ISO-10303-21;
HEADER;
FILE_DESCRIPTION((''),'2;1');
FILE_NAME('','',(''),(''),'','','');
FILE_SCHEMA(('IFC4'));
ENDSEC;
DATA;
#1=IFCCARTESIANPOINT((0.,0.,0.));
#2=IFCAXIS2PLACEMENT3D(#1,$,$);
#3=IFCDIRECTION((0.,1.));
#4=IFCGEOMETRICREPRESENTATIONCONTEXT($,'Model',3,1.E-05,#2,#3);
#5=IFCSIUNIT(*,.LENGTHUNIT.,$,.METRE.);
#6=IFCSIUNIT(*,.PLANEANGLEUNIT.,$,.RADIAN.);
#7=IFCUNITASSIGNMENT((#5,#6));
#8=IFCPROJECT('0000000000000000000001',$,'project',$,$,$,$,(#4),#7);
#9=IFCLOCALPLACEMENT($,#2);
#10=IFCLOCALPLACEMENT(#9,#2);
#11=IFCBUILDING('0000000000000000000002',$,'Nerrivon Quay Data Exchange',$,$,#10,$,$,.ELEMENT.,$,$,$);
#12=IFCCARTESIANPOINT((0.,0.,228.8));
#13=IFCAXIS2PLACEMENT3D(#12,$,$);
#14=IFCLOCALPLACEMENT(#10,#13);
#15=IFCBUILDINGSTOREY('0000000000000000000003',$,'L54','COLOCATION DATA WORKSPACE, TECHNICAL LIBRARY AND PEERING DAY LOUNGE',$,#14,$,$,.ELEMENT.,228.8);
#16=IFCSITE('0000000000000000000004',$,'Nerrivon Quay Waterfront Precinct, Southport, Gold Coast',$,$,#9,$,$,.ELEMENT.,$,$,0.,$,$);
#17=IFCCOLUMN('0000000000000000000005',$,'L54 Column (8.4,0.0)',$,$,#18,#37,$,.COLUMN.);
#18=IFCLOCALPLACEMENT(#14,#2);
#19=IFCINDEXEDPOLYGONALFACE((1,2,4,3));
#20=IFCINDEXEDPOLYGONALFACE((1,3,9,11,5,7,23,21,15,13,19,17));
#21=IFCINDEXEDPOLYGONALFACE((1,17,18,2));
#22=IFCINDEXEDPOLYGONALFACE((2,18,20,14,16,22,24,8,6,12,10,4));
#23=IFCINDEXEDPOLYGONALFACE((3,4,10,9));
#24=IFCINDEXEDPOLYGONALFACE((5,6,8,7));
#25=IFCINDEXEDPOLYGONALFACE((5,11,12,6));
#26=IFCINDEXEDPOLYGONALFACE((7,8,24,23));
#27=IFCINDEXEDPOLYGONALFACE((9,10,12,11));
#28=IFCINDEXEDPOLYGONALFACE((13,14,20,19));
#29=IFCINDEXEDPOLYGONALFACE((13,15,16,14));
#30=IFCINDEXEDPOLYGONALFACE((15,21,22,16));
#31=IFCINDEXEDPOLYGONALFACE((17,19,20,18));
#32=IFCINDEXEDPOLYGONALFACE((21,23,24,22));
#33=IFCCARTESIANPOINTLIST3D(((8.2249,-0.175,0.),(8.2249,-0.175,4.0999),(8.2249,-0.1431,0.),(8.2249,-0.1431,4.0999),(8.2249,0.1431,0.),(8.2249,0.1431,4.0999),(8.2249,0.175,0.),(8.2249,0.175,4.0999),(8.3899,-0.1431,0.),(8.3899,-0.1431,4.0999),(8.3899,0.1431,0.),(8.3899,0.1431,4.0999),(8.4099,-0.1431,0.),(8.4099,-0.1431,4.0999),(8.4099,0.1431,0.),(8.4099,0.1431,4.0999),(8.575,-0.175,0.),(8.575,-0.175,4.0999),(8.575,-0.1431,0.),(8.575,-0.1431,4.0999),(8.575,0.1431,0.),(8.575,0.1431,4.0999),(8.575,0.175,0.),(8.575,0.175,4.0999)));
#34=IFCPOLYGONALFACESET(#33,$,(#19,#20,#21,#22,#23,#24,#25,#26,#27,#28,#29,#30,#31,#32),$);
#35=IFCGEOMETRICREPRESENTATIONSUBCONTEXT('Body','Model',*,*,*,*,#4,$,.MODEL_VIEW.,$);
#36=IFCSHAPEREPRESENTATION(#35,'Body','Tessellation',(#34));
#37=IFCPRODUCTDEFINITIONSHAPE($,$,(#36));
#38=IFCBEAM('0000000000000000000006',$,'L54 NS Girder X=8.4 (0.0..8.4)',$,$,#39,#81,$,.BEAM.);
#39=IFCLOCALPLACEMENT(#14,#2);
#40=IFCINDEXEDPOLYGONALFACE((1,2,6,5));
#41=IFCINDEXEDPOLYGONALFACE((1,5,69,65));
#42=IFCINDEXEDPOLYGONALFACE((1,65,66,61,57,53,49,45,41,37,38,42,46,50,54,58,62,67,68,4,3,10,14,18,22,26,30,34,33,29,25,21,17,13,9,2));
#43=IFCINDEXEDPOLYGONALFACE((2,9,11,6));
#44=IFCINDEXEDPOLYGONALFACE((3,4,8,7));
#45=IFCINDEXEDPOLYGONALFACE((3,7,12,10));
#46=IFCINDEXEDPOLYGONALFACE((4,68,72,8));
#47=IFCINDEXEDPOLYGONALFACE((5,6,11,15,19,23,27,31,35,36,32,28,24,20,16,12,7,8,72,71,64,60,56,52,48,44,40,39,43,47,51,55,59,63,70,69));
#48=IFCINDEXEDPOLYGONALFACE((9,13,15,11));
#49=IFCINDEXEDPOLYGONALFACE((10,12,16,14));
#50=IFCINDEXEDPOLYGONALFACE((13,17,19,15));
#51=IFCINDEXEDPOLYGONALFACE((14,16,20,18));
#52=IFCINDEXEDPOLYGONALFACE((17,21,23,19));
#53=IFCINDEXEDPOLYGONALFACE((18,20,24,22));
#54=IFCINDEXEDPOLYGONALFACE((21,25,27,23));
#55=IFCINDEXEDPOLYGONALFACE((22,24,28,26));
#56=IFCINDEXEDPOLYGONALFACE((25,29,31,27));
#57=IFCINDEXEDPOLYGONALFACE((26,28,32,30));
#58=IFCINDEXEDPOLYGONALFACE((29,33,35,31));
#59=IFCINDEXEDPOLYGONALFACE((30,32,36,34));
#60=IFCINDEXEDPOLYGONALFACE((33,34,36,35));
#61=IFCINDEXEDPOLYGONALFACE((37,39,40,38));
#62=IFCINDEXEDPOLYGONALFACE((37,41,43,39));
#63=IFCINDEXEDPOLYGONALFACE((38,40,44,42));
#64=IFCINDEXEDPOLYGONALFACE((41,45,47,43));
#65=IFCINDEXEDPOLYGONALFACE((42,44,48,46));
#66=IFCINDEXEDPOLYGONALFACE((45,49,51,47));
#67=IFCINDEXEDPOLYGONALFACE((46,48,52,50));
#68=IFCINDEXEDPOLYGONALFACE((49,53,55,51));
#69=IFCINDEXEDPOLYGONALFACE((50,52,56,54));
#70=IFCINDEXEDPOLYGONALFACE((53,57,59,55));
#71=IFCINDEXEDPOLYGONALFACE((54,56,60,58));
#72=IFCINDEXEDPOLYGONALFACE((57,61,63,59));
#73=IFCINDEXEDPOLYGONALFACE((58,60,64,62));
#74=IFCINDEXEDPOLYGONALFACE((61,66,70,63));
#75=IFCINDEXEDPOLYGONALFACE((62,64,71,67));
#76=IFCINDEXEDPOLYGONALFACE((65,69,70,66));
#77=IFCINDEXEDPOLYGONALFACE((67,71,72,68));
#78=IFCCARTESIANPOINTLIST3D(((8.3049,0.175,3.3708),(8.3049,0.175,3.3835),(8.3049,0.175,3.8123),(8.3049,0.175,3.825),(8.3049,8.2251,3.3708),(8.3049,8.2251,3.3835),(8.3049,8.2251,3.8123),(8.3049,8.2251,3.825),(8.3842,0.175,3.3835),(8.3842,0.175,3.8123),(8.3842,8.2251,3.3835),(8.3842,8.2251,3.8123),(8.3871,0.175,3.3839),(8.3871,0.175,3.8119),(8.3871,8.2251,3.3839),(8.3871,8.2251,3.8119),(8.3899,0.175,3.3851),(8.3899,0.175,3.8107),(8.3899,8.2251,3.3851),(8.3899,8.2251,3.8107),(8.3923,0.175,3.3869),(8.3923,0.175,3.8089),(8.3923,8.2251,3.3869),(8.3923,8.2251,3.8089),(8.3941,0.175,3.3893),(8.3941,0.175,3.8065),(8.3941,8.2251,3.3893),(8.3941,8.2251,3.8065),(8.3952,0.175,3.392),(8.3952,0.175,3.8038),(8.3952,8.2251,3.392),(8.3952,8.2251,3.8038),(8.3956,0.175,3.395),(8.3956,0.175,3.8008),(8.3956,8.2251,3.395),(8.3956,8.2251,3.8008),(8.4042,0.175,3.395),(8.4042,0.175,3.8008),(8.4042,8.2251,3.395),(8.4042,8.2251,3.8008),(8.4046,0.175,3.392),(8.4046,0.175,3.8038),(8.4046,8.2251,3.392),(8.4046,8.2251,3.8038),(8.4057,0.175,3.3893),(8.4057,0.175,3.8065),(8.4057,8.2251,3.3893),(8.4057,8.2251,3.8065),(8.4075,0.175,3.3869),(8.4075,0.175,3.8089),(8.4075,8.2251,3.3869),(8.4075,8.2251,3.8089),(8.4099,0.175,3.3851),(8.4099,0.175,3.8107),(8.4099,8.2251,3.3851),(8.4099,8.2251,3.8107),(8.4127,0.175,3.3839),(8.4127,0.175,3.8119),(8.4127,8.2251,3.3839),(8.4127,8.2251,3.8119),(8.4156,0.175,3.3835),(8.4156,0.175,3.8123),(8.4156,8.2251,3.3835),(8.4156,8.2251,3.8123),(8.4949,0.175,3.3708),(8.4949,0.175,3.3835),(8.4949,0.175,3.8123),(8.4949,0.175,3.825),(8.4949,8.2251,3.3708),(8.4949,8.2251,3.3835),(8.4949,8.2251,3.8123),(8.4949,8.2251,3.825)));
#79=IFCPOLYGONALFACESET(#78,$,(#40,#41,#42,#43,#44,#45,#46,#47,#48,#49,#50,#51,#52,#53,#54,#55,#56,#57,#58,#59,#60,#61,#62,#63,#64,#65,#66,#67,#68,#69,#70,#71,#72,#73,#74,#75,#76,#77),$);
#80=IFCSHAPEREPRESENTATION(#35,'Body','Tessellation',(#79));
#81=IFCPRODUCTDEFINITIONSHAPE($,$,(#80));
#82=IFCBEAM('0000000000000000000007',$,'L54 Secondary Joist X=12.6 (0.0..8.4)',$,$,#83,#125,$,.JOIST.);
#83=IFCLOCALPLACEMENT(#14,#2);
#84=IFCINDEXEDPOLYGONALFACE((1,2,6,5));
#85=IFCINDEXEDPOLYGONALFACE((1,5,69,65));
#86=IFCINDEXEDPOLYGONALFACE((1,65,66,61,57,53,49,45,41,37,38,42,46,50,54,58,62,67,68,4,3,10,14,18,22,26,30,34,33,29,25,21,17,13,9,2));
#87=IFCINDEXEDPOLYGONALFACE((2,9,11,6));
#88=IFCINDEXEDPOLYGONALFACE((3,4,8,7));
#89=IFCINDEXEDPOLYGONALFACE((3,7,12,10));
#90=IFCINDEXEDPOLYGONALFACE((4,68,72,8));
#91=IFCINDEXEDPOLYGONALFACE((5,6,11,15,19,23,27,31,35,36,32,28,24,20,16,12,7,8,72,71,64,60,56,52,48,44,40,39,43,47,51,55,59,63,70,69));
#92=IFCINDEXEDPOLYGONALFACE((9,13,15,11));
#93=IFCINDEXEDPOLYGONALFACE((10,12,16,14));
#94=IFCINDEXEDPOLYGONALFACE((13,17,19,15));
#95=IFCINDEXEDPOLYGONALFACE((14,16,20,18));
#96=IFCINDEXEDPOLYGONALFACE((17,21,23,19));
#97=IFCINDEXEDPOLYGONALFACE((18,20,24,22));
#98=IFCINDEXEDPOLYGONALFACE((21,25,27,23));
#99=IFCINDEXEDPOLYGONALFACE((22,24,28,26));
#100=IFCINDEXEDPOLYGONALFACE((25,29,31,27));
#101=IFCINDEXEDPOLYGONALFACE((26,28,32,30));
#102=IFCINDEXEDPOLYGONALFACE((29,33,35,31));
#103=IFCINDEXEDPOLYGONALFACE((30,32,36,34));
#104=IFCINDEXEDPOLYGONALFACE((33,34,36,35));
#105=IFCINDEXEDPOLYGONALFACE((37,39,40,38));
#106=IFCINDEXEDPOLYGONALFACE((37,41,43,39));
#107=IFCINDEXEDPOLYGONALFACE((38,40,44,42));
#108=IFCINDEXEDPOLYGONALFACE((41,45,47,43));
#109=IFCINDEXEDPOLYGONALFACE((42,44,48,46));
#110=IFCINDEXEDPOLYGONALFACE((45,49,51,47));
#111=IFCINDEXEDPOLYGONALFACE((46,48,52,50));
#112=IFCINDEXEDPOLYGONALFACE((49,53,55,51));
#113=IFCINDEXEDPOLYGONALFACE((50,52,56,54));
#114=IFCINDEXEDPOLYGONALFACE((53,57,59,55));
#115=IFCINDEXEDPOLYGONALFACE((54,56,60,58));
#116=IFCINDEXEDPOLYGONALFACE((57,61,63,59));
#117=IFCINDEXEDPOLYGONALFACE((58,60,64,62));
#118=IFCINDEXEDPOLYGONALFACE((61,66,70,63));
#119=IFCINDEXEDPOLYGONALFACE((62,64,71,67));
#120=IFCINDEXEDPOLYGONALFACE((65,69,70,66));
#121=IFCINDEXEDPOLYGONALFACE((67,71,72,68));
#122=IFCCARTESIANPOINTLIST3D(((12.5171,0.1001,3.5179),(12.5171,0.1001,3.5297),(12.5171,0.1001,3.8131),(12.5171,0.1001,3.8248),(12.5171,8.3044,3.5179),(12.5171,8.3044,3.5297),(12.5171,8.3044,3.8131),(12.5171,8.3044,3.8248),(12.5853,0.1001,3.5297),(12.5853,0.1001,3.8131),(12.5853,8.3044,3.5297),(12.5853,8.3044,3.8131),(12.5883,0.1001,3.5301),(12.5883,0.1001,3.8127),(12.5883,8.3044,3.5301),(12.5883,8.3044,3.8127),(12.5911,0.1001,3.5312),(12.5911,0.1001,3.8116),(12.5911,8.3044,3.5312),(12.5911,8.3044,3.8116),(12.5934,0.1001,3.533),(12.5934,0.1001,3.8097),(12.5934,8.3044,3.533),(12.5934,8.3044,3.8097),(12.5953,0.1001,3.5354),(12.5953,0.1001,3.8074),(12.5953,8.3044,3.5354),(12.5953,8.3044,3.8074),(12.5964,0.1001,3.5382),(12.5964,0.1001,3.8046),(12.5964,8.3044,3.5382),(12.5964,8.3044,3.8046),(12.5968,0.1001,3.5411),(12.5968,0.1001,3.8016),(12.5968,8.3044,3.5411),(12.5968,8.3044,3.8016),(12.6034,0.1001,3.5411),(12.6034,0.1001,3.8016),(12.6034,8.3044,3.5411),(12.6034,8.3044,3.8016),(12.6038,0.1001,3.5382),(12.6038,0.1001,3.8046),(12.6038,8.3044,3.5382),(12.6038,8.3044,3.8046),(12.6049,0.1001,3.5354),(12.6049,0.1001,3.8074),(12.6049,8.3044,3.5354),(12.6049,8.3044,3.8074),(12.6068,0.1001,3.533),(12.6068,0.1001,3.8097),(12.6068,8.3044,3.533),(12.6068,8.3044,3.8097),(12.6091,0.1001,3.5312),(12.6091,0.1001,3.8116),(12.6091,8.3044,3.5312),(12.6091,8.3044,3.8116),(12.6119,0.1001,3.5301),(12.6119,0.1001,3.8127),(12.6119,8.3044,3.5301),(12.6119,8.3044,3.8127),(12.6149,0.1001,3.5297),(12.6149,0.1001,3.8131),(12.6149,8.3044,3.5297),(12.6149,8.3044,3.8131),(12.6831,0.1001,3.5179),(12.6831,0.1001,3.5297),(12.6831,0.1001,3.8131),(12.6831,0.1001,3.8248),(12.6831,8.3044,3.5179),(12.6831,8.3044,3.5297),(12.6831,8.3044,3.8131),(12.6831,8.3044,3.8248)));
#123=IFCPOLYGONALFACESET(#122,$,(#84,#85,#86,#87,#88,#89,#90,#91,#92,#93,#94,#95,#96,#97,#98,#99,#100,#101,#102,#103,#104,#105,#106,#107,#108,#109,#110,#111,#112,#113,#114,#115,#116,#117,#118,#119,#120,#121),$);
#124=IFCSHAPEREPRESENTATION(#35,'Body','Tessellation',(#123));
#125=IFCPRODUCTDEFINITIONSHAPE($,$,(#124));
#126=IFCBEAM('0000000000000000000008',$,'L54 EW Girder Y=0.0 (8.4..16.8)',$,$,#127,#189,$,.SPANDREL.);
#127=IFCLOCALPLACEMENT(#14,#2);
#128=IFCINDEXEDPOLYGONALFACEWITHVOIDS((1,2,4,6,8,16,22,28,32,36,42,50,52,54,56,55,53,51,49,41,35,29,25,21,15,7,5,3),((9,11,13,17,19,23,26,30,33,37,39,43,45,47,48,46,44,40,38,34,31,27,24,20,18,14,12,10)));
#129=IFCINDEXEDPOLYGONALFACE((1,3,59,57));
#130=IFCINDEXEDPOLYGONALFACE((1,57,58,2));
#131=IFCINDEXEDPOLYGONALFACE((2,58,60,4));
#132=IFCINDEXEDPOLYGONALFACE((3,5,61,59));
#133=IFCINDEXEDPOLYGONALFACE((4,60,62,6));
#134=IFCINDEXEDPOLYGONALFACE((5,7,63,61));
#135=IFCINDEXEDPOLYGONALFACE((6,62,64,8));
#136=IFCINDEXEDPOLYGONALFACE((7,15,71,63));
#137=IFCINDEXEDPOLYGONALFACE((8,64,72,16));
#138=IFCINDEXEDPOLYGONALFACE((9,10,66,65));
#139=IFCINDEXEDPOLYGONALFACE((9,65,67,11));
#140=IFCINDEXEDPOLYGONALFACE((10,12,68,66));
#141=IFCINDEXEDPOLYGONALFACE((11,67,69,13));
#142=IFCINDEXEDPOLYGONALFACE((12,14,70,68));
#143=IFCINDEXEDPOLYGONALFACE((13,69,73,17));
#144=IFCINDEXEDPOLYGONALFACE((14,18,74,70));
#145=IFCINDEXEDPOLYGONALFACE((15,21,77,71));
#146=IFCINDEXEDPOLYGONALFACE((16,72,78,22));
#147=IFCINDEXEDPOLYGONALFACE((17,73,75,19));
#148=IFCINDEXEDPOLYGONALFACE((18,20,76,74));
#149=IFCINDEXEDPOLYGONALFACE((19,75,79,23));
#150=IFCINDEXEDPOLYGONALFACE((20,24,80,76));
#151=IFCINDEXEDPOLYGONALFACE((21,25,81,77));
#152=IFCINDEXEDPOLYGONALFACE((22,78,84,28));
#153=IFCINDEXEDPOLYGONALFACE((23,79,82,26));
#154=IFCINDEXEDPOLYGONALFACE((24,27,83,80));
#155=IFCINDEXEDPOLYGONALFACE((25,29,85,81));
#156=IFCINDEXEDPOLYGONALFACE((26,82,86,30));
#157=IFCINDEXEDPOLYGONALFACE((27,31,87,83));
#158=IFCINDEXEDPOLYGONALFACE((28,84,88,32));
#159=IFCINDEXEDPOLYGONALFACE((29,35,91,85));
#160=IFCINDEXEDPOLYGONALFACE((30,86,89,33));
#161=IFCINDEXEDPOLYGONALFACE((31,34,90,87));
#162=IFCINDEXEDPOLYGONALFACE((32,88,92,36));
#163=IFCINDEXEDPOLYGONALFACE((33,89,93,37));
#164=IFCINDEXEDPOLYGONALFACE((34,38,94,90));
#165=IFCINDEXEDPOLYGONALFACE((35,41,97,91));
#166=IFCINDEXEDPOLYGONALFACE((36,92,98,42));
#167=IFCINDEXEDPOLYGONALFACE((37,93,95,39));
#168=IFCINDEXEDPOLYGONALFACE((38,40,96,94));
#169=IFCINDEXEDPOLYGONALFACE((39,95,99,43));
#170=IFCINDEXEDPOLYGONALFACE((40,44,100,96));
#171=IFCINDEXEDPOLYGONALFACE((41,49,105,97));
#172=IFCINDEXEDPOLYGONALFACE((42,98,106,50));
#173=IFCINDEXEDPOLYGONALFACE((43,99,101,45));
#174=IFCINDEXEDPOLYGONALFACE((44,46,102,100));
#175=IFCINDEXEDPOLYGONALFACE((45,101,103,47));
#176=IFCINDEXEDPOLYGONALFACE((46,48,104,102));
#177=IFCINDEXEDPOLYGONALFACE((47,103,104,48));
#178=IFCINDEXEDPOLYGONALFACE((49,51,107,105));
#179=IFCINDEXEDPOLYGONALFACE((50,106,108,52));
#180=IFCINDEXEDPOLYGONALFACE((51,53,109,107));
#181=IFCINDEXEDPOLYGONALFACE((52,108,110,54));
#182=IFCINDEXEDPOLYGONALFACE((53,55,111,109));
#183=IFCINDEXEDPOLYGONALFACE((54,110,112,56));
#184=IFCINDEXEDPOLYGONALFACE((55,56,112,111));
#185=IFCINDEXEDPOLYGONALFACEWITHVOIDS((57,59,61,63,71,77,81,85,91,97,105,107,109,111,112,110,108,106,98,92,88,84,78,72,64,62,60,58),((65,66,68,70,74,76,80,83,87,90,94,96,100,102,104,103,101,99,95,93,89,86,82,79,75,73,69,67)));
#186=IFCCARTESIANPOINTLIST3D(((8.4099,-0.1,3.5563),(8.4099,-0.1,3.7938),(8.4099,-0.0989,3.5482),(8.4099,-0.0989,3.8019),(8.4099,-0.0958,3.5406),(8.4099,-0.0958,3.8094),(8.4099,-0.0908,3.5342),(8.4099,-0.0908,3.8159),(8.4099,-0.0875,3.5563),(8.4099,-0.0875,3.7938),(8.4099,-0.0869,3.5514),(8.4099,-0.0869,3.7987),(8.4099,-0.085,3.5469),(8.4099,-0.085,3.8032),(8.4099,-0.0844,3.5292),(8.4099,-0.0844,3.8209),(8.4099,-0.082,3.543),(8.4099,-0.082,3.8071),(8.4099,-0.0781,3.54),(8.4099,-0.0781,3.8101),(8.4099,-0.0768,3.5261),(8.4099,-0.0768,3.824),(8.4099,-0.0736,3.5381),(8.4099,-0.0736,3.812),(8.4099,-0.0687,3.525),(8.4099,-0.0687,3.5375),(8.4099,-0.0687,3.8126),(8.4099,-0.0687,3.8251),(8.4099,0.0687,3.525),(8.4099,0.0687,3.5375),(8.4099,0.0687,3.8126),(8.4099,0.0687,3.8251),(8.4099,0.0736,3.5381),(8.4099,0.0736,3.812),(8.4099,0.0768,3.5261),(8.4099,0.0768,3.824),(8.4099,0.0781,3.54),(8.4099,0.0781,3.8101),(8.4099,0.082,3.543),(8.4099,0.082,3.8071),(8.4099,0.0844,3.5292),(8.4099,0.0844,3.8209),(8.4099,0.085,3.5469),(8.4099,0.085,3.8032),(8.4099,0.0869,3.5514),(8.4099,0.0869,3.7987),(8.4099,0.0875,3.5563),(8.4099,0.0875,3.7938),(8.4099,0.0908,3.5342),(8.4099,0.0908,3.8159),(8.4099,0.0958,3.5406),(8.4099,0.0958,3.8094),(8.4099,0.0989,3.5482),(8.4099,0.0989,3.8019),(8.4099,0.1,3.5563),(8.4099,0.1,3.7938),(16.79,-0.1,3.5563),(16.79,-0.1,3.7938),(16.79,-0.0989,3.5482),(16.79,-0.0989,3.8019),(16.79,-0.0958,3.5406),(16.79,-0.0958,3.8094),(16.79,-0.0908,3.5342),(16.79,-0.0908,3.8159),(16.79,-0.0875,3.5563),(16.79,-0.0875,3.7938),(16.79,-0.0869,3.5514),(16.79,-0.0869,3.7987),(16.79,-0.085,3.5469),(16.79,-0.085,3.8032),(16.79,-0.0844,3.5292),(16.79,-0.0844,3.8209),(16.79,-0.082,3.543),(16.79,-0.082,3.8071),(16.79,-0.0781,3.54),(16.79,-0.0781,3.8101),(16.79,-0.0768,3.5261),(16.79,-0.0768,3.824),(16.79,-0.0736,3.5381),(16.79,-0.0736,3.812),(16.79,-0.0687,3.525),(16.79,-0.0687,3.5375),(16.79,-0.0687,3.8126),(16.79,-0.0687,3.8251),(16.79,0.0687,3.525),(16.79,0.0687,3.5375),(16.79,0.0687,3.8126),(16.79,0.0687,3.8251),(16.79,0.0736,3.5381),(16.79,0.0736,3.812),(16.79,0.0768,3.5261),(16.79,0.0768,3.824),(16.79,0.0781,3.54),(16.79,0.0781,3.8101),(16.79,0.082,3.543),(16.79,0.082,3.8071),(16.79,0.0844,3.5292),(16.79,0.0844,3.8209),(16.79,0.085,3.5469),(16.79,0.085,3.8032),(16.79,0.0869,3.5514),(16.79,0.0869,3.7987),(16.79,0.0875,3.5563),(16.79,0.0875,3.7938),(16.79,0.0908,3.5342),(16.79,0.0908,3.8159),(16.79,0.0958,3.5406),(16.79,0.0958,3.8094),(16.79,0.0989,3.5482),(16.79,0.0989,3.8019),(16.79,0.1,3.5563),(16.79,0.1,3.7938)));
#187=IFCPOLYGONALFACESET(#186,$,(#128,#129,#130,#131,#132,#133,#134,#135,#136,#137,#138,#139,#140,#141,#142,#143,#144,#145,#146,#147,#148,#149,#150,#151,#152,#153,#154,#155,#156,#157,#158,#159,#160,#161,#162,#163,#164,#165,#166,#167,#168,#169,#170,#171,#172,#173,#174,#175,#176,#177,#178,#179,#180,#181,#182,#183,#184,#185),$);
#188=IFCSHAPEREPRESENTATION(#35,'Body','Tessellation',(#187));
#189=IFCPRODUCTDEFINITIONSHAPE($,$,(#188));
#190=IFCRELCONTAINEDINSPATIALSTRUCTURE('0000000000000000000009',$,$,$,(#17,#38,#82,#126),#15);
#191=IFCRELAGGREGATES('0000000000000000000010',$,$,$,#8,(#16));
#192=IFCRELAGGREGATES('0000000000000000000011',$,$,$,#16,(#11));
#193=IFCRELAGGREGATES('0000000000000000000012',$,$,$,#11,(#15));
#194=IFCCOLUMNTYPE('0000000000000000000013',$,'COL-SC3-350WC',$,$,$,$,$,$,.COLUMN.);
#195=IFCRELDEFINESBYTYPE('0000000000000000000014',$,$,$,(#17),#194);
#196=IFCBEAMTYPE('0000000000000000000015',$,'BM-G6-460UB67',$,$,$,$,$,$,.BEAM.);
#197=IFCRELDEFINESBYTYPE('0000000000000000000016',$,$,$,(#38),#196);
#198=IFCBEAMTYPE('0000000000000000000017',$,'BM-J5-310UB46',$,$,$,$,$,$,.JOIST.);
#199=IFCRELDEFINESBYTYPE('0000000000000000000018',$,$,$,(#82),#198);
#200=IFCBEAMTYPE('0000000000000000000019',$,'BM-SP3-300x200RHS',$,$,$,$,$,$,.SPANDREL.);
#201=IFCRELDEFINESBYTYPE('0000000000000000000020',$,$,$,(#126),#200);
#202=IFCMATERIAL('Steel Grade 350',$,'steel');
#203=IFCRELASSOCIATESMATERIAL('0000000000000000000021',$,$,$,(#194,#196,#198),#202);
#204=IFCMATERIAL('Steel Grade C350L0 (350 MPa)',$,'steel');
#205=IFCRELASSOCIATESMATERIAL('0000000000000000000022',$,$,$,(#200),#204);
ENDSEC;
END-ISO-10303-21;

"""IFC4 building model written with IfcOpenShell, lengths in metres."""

from ifc_helpers import new_model, si_unit, direction, frame, origin, origin_2d, place, context, subcontext, project, spatial, hollow_rectangle, i_section, extrude, material, material_profile, profile_set, type_object, element, save


model = new_model("IFC4")

# Units and contexts
model_context = context("Model", 3, precision=1e-05, world=origin(), true_north=direction((0.0, 1.0)))
body_context = subcontext(model_context, "Body", "Model", "MODEL_VIEW")
ifc_project = project(units=[si_unit("LENGTHUNIT", "METRE"), si_unit("PLANEANGLEUNIT", "RADIAN")], contexts=[model_context])

# Site, building, storey
site_placement = place(None, origin())
site = spatial("IfcSite", under=ifc_project, at=site_placement, Name="Nerrivon Quay Waterfront Precinct, Southport, Gold Coast", CompositionType="ELEMENT", RefElevation=0.0)
building_placement = place(site_placement, origin())
building = spatial("IfcBuilding", under=site, at=building_placement, Name="Nerrivon Quay Data Exchange", CompositionType="ELEMENT")
storey_placement = place(building_placement, frame((0.0, 0.0, 228.8)))
storey = spatial("IfcBuildingStorey", under=building, at=storey_placement, Name="L54", Description="COLOCATION DATA WORKSPACE, TECHNICAL LIBRARY AND PEERING DAY LOUNGE", CompositionType="ELEMENT", Elevation=228.8)

# Column
ifc_material_1 = material(Name="Steel Grade 350", Category="steel")
ifc_material_profile_1 = material_profile(ifc_material_1, i_section(OverallWidth=0.3501, OverallDepth=0.3501, WebThickness=0.02, FlangeThickness=0.032, at=origin_2d()), Name="350WC230")
ifc_profile_set_1 = profile_set([ifc_material_profile_1], Name="Steel Grade 350")
column_type = type_object("IfcColumnType", Name="COL-SC3-350WC", PredefinedType="COLUMN", material=ifc_profile_set_1)
column_placement = place(storey_placement, frame((8.3999, 0.0, 0.0), z_axis=(0.0, 0.0, 1.0), x_axis=(1.0, 0.0, 0.0)))
element("IfcColumn", 1, at=column_placement, inside=storey, type_object=column_type, Name="L54 Column (8.4,0.0)", PredefinedType="COLUMN", context=body_context, shape_type="SweptSolid", body=[
    extrude(i_section(OverallWidth=0.3501, OverallDepth=0.3501, WebThickness=0.02, FlangeThickness=0.032, at=origin_2d()), origin(), (0.0, 0.0, 1.0), 4.0999),
])

# Beams
ifc_material_profile_2 = material_profile(ifc_material_1, i_section(OverallWidth=0.1899, OverallDepth=0.4541, WebThickness=0.0085, FlangeThickness=0.0127, FilletRadius=0.0115, at=origin_2d()), Name="460UB67.1")
ifc_profile_set_2 = profile_set([ifc_material_profile_2], Name="Steel Grade 350")
beam_type_1 = type_object("IfcBeamType", Name="BM-G6-460UB67", PredefinedType="BEAM", material=ifc_profile_set_2)
beam_1_placement = place(storey_placement, frame((8.3999, 0.175, 3.5979), z_axis=(0.0, 1.0, 0.0), x_axis=(-1.0, 0.0, 0.0)))
element("IfcBeam", 2, at=beam_1_placement, inside=storey, type_object=beam_type_1, Name="L54 NS Girder X=8.4 (0.0..8.4)", PredefinedType="BEAM", context=body_context, shape_type="SweptSolid", body=[
    extrude(i_section(OverallWidth=0.1899, OverallDepth=0.4541, WebThickness=0.0085, FlangeThickness=0.0127, FilletRadius=0.0115, at=origin_2d()), origin(), (0.0, 0.0, 1.0), 8.05),
])
ifc_material_profile_3 = material_profile(ifc_material_1, i_section(OverallWidth=0.166, OverallDepth=0.3069, WebThickness=0.0066, FlangeThickness=0.0117, FilletRadius=0.0115, at=origin_2d()), Name="310UB46.2")
ifc_profile_set_3 = profile_set([ifc_material_profile_3], Name="Steel Grade 350")
beam_type_2 = type_object("IfcBeamType", Name="BM-J5-310UB46", PredefinedType="JOIST", material=ifc_profile_set_3)
beam_2_placement = place(storey_placement, frame((12.6001, 0.1001, 3.6714), z_axis=(0.0, 1.0, 0.0), x_axis=(-1.0, 0.0, 0.0)))
element("IfcBeam", 3, at=beam_2_placement, inside=storey, type_object=beam_type_2, Name="L54 Secondary Joist X=12.6 (0.0..8.4)", PredefinedType="JOIST", context=body_context, shape_type="SweptSolid", body=[
    extrude(i_section(OverallWidth=0.166, OverallDepth=0.3069, WebThickness=0.0066, FlangeThickness=0.0117, FilletRadius=0.0115, at=origin_2d()), origin(), (0.0, 0.0, 1.0), 8.2043),
])
ifc_material_2 = material(Name="Steel Grade C350L0 (350 MPa)", Category="steel")
ifc_material_profile_4 = material_profile(ifc_material_2, hollow_rectangle(XDim=0.2, YDim=0.3, WallThickness=0.0125, InnerFilletRadius=0.0188, OuterFilletRadius=0.0312, at=origin_2d()), Name="300x200x12.5RHS")
ifc_profile_set_4 = profile_set([ifc_material_profile_4], Name="Steel Grade C350L0 (350 MPa)")
beam_type_3 = type_object("IfcBeamType", Name="BM-SP3-300x200RHS", PredefinedType="SPANDREL", material=ifc_profile_set_4)
beam_3_placement = place(storey_placement, frame((8.4099, 0.0, 3.675), z_axis=(1.0, 0.0, 0.0), x_axis=(0.0, 1.0, 0.0)))
element("IfcBeam", 4, at=beam_3_placement, inside=storey, type_object=beam_type_3, Name="L54 EW Girder Y=0.0 (8.4..16.8)", PredefinedType="SPANDREL", context=body_context, shape_type="SweptSolid", body=[
    extrude(hollow_rectangle(XDim=0.2, YDim=0.3, WallThickness=0.0125, InnerFilletRadius=0.0188, OuterFilletRadius=0.0312, at=origin_2d()), origin(), (0.0, 0.0, 1.0), 8.3801),
])

save(model, "model.ifc")
